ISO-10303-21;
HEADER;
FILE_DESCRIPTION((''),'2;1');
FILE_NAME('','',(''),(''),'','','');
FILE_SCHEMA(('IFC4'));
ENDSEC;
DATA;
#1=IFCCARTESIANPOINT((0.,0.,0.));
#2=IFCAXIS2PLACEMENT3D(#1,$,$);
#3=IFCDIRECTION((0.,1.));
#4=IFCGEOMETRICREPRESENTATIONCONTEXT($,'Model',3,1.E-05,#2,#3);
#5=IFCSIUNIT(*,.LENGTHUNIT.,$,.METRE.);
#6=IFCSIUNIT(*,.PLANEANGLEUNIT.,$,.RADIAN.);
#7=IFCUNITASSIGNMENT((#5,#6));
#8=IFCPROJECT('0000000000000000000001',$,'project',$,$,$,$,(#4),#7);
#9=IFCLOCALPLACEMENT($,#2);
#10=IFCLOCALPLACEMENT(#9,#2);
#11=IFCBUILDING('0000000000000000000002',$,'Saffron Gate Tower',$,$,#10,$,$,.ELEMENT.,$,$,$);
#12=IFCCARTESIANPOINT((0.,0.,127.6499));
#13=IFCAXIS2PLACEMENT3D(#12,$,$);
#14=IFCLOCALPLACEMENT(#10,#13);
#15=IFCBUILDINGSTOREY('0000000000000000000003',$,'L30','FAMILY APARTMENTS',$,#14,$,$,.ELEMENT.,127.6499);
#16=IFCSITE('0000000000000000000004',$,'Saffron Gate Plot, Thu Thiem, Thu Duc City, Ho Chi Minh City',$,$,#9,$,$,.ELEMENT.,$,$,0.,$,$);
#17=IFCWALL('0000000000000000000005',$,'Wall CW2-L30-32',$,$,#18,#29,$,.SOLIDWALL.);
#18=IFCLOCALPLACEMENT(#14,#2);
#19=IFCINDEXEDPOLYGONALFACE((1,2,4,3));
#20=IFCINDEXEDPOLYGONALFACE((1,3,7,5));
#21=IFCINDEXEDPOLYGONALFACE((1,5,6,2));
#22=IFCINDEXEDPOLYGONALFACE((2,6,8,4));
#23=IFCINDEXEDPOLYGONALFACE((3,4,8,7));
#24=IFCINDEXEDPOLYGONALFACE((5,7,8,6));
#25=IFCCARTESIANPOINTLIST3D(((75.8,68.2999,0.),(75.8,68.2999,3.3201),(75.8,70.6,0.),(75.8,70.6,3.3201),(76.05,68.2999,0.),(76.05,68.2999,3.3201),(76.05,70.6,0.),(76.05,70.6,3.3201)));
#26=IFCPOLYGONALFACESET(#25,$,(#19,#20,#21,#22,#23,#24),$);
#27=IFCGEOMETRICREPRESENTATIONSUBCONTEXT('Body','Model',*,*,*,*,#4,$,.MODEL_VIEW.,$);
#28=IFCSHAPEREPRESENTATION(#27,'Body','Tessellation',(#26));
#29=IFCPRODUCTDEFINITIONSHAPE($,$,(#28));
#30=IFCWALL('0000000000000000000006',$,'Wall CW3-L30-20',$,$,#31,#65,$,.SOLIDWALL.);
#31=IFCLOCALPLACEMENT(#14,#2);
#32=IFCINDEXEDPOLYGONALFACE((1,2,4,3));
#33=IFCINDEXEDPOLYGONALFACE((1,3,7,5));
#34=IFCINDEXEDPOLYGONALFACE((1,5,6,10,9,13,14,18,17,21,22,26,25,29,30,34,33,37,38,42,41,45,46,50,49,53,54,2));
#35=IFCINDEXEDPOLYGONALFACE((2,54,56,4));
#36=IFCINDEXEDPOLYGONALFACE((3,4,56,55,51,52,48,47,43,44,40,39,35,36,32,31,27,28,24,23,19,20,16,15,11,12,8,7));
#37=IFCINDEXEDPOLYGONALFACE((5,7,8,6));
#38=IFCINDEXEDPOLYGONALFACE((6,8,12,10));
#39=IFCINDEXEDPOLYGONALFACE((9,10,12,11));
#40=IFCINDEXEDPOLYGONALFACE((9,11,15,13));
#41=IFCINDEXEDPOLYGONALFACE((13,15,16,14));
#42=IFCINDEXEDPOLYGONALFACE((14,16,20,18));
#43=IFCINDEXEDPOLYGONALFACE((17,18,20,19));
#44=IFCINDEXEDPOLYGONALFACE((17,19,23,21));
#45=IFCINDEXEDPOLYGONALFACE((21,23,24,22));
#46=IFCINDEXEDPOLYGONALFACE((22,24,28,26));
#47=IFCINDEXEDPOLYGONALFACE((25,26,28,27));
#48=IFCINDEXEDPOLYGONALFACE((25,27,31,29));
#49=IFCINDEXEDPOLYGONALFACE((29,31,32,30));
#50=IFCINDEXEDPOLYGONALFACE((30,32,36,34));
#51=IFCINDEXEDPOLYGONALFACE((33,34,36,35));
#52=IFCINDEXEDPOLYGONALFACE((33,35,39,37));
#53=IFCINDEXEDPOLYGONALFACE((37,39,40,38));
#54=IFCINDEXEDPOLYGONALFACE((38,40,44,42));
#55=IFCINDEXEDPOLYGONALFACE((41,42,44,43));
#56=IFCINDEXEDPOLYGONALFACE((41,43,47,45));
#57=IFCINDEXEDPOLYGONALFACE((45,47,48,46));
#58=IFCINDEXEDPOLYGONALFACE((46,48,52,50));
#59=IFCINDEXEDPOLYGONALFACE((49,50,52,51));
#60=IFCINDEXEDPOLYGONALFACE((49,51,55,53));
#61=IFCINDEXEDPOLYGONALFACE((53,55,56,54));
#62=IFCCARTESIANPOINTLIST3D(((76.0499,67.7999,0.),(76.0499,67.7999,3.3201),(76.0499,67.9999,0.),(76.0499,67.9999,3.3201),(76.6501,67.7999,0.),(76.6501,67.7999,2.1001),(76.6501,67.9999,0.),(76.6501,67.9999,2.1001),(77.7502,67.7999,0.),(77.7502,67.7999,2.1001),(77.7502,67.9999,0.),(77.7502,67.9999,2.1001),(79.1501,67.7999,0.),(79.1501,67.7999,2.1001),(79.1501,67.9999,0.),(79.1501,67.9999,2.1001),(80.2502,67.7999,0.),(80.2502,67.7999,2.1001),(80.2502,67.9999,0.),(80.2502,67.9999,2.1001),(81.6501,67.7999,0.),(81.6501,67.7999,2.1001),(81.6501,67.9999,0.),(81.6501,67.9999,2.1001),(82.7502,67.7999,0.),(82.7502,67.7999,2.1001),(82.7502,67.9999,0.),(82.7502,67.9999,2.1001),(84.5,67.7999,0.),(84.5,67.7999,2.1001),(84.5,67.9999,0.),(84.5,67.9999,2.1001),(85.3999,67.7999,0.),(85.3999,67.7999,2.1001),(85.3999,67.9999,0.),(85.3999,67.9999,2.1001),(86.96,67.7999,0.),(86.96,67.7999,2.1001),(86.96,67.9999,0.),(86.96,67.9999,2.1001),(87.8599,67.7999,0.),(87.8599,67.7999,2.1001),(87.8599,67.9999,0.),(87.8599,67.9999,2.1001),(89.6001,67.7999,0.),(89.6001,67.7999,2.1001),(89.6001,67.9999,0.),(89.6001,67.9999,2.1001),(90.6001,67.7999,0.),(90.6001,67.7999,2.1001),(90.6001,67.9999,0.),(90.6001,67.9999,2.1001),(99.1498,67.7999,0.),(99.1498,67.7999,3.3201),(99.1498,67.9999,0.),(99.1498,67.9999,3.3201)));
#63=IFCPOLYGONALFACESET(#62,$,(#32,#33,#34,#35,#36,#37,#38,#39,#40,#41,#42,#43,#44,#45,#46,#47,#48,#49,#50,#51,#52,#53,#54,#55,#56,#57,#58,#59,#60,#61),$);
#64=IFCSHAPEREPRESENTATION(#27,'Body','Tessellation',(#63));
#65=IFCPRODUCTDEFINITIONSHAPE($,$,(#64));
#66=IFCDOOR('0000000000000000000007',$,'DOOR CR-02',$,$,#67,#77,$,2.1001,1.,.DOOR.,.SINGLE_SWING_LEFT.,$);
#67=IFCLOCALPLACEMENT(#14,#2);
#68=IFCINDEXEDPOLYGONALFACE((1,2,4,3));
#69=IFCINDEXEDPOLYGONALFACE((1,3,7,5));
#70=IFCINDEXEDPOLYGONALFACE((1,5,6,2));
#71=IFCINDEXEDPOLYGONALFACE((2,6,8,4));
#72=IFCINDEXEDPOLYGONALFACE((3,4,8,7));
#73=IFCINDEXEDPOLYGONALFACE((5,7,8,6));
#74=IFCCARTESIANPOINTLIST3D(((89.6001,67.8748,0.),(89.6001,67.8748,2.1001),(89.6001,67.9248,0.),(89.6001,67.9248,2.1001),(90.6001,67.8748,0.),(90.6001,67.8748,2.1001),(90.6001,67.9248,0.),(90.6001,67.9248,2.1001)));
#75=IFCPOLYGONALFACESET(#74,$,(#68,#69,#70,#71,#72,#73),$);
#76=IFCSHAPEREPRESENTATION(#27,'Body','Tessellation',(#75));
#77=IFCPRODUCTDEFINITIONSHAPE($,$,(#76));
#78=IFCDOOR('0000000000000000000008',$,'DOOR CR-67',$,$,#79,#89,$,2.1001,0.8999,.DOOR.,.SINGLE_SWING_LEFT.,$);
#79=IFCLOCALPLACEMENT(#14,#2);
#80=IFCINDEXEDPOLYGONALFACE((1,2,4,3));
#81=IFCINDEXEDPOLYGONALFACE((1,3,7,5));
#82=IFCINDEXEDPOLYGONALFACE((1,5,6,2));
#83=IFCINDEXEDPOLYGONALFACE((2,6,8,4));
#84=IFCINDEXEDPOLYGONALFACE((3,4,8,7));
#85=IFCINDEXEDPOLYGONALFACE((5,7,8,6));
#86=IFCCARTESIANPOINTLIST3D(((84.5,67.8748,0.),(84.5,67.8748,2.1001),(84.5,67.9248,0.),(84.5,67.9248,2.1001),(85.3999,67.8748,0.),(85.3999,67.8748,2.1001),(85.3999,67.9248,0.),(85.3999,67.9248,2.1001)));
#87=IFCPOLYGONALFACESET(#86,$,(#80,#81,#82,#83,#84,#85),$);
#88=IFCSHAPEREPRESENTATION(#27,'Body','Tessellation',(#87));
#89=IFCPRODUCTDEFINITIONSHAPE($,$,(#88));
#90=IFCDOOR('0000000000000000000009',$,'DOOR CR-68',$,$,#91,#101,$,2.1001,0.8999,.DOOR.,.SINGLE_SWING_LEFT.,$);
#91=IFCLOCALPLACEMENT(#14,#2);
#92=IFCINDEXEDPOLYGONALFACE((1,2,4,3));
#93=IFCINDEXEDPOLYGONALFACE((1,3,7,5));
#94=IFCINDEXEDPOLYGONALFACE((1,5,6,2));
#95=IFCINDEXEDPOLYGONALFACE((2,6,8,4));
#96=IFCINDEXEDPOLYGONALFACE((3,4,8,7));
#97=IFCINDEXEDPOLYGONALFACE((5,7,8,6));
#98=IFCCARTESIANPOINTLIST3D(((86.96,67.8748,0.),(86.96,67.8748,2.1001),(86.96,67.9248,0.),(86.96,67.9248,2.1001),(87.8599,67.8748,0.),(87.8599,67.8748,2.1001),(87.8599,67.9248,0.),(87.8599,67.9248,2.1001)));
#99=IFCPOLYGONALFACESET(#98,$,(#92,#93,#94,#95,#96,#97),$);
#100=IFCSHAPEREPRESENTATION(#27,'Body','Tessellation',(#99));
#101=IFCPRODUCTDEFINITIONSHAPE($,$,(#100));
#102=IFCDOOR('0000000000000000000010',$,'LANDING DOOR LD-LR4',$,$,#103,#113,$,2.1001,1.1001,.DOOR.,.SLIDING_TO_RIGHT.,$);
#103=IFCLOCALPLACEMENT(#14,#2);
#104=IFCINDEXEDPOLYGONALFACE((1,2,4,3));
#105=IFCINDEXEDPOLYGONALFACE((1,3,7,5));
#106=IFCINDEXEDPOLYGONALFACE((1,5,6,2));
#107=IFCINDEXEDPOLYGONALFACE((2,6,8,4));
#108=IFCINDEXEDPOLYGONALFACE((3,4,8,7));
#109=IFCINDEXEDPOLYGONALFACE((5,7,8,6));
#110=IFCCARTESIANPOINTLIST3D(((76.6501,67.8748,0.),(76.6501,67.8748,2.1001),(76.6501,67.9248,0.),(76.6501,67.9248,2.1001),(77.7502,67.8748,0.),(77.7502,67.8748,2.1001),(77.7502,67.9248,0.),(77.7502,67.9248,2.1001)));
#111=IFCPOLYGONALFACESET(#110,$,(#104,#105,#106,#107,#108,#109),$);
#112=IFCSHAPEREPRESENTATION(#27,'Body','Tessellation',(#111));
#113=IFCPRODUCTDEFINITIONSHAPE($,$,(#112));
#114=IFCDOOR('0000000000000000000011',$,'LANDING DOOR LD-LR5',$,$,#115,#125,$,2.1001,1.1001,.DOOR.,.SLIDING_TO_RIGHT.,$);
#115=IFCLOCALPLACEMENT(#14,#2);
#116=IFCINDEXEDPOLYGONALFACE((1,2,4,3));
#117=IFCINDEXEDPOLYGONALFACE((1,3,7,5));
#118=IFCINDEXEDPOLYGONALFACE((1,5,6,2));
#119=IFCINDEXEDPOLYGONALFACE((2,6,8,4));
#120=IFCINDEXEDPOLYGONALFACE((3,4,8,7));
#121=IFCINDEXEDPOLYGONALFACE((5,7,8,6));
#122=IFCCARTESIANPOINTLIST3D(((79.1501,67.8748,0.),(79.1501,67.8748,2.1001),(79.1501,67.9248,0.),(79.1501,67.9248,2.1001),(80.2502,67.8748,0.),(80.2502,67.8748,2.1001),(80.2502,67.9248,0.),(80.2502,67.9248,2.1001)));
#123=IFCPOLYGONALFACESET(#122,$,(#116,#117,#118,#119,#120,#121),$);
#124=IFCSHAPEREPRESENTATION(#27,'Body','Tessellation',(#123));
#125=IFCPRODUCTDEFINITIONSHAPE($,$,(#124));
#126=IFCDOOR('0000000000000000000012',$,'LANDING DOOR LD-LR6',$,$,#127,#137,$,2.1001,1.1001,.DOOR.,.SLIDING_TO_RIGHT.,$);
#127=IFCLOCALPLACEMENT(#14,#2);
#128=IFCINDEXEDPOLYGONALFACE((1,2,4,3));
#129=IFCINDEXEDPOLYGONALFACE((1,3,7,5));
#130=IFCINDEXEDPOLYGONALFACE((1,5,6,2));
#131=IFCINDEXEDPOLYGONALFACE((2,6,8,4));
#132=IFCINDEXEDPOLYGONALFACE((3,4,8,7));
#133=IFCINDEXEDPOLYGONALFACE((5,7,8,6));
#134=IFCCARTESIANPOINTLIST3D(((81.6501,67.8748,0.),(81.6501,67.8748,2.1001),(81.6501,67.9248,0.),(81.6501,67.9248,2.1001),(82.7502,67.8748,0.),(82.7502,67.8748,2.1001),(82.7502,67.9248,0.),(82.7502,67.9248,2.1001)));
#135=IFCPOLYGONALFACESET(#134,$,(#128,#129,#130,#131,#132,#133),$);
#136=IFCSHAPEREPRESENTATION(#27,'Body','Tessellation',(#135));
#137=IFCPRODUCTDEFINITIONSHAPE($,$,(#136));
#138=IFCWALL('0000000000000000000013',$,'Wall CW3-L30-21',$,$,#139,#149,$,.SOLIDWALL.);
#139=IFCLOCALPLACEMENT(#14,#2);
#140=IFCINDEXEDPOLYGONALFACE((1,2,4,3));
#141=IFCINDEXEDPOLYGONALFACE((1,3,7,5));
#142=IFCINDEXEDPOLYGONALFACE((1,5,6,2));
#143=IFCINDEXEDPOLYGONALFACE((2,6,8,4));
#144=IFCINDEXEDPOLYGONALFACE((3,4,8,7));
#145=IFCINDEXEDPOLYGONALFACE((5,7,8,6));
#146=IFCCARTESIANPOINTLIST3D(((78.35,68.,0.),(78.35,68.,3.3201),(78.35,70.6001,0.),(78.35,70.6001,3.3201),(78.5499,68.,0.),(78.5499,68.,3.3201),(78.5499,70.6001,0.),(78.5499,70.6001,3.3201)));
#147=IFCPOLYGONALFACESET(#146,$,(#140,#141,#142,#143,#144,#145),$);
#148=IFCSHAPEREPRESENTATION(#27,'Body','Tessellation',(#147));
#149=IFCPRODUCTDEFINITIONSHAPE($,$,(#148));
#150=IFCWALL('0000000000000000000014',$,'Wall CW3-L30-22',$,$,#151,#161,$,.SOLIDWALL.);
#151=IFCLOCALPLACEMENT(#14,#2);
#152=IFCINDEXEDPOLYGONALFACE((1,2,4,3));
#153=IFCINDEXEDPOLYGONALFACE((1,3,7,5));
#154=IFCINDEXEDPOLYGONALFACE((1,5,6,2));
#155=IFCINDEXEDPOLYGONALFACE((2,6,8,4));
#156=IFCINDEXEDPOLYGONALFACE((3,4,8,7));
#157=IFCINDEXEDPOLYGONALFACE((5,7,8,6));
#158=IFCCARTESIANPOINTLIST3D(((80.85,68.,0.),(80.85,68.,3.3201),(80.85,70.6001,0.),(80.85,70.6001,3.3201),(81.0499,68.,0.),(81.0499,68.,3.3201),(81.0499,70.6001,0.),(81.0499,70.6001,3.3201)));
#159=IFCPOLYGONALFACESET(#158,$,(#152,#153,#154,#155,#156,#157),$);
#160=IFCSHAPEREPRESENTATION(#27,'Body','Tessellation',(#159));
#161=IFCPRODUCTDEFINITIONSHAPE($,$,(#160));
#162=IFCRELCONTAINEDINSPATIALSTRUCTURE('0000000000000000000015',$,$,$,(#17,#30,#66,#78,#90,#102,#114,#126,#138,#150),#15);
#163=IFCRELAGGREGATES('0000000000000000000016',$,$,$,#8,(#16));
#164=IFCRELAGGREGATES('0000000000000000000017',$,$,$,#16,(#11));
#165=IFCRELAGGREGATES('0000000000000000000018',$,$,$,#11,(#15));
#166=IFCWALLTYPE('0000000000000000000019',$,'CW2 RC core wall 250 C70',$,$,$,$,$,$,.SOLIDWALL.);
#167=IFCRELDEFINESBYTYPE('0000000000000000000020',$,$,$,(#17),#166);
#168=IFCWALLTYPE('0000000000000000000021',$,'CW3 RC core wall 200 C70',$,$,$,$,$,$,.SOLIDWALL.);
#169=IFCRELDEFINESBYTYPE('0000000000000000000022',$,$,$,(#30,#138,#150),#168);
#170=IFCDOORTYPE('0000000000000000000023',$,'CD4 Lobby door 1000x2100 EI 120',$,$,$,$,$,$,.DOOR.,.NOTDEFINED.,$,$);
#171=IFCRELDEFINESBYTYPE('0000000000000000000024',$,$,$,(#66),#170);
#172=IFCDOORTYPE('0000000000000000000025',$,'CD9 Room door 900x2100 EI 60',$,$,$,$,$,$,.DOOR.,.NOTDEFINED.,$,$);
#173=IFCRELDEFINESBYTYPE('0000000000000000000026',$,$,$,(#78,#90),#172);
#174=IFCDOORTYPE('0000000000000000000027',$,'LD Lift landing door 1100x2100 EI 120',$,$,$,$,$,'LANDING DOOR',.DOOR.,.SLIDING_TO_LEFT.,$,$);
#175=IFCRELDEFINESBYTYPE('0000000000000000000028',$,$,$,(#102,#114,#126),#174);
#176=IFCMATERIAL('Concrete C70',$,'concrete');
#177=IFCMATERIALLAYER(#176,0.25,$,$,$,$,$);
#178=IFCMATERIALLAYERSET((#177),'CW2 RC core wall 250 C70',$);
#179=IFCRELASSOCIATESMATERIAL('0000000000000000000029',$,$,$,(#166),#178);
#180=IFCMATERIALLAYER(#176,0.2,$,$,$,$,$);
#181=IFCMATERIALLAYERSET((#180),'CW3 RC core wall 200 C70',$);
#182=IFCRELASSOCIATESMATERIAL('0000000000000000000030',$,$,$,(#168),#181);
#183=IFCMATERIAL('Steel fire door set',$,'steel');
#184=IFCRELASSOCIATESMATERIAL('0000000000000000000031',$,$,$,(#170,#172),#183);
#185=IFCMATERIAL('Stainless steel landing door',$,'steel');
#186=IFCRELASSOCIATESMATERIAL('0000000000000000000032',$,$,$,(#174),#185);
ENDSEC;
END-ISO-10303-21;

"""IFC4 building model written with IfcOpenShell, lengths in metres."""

from ifc_helpers import new_model, si_unit, direction, frame, frame_2d, origin, place, context, subcontext, project, spatial, rectangle, extrude, material, layer, layer_set, type_object, element, fill, save


model = new_model("IFC4")

# Units and contexts
model_context = context("Model", 3, precision=1e-05, world=origin(), true_north=direction((0.0, 1.0)))
body_context = subcontext(model_context, "Body", "Model", "MODEL_VIEW")
ifc_project = project(units=[si_unit("LENGTHUNIT", "METRE"), si_unit("PLANEANGLEUNIT", "RADIAN")], contexts=[model_context])

# Site, building, storey
site_placement = place(None, origin())
site = spatial("IfcSite", under=ifc_project, at=site_placement, Name="Saffron Gate Plot, Thu Thiem, Thu Duc City, Ho Chi Minh City", CompositionType="ELEMENT", RefElevation=0.0)
building_placement = place(site_placement, origin())
building = spatial("IfcBuilding", under=site, at=building_placement, Name="Saffron Gate Tower", CompositionType="ELEMENT")
storey_placement = place(building_placement, frame((0.0, 0.0, 127.6499)))
storey = spatial("IfcBuildingStorey", under=building, at=storey_placement, Name="L30", Description="FAMILY APARTMENTS", CompositionType="ELEMENT", Elevation=127.6499)

# Wall
ifc_material_1 = material(Name="Concrete C70", Category="concrete")
ifc_layer_1 = layer(ifc_material_1, 0.25)
ifc_layer_set_1 = layer_set([ifc_layer_1], Name="CW2 RC core wall 250 C70")
wall_type_1 = type_object("IfcWallType", Name="CW2 RC core wall 250 C70", PredefinedType="SOLIDWALL", material=ifc_layer_set_1)
wall_1_placement = place(storey_placement, frame((75.925, 68.3, 0.0), z_axis=(0.0, 0.0, 1.0), x_axis=(0.0, 1.0, 0.0)))
element("IfcWall", 1, at=wall_1_placement, inside=storey, type_object=wall_type_1, Name="Wall CW2-L30-32", PredefinedType="SOLIDWALL", context=body_context, shape_type="SweptSolid", body=[
    extrude(rectangle(XDim=2.3, YDim=0.25, at=frame_2d((1.1499, 0.0))), origin(), (0.0, 0.0, 1.0), 3.3201),
])

# Wall, openings, doors
ifc_layer_2 = layer(ifc_material_1, 0.2)
ifc_layer_set_2 = layer_set([ifc_layer_2], Name="CW3 RC core wall 200 C70")
wall_type_2 = type_object("IfcWallType", Name="CW3 RC core wall 200 C70", PredefinedType="SOLIDWALL", material=ifc_layer_set_2)
wall_2_placement = place(storey_placement, frame((76.05, 67.8999, 0.0), z_axis=(0.0, 0.0, 1.0), x_axis=(1.0, 0.0, 0.0)))
wall_2 = element("IfcWall", 2, at=wall_2_placement, inside=storey, type_object=wall_type_2, Name="Wall CW3-L30-20", PredefinedType="SOLIDWALL", context=body_context, shape_type="SweptSolid", body=[
    extrude(rectangle(XDim=23.0999, YDim=0.2, at=frame_2d((11.5498, 0.0))), origin(), (0.0, 0.0, 1.0), 3.3201),
])
opening_1_placement = place(wall_2_placement, frame((0.6001, 0.0, 0.0)))
opening_1 = element("IfcOpeningElement", 3, at=opening_1_placement, cuts=wall_2, PredefinedType="OPENING", context=body_context, shape_type="SweptSolid", body=[
    extrude(rectangle(XDim=1.1001, YDim=2.1001, at=frame_2d((0.55, 1.05))), frame((0.0, 0.1099, 0.0), z_axis=(0.0, -1.0, 0.0), x_axis=(1.0, 0.0, 0.0)), (0.0, 0.0, 1.0), 0.22),
])
opening_2_placement = place(wall_2_placement, frame((3.1001, 0.0, 0.0)))
opening_2 = element("IfcOpeningElement", 4, at=opening_2_placement, cuts=wall_2, PredefinedType="OPENING", context=body_context, shape_type="SweptSolid", body=[
    extrude(rectangle(XDim=1.1001, YDim=2.1001, at=frame_2d((0.55, 1.05))), frame((0.0, 0.1099, 0.0), z_axis=(0.0, -1.0, 0.0), x_axis=(1.0, 0.0, 0.0)), (0.0, 0.0, 1.0), 0.22),
])
opening_3_placement = place(wall_2_placement, frame((5.6001, 0.0, 0.0)))
opening_3 = element("IfcOpeningElement", 5, at=opening_3_placement, cuts=wall_2, PredefinedType="OPENING", context=body_context, shape_type="SweptSolid", body=[
    extrude(rectangle(XDim=1.1001, YDim=2.1001, at=frame_2d((0.55, 1.05))), frame((0.0, 0.1099, 0.0), z_axis=(0.0, -1.0, 0.0), x_axis=(1.0, 0.0, 0.0)), (0.0, 0.0, 1.0), 0.22),
])
opening_4_placement = place(wall_2_placement, frame((8.45, 0.0, 0.0)))
opening_4 = element("IfcOpeningElement", 6, at=opening_4_placement, cuts=wall_2, PredefinedType="OPENING", context=body_context, shape_type="SweptSolid", body=[
    extrude(rectangle(XDim=0.8999, YDim=2.1001, at=frame_2d((0.45, 1.05))), frame((0.0, 0.1099, 0.0), z_axis=(0.0, -1.0, 0.0), x_axis=(1.0, 0.0, 0.0)), (0.0, 0.0, 1.0), 0.22),
])
opening_5_placement = place(wall_2_placement, frame((10.9099, 0.0, 0.0)))
opening_5 = element("IfcOpeningElement", 7, at=opening_5_placement, cuts=wall_2, PredefinedType="OPENING", context=body_context, shape_type="SweptSolid", body=[
    extrude(rectangle(XDim=0.8999, YDim=2.1001, at=frame_2d((0.45, 1.05))), frame((0.0, 0.1099, 0.0), z_axis=(0.0, -1.0, 0.0), x_axis=(1.0, 0.0, 0.0)), (0.0, 0.0, 1.0), 0.22),
])
opening_6_placement = place(wall_2_placement, frame((13.55, 0.0, 0.0)))
opening_6 = element("IfcOpeningElement", 8, at=opening_6_placement, cuts=wall_2, PredefinedType="OPENING", context=body_context, shape_type="SweptSolid", body=[
    extrude(rectangle(XDim=1.0, YDim=2.1001, at=frame_2d((0.5, 1.05))), frame((0.0, 0.1099, 0.0), z_axis=(0.0, -1.0, 0.0), x_axis=(1.0, 0.0, 0.0)), (0.0, 0.0, 1.0), 0.22),
])
ifc_material_2 = material(Name="Steel fire door set", Category="steel")
door_type_1 = type_object("IfcDoorType", Name="CD4 Lobby door 1000x2100 EI 120", OperationType="NOTDEFINED", PredefinedType="DOOR", material=ifc_material_2)
door_1_placement = place(opening_6_placement, origin())
door_1 = element("IfcDoor", 9, at=door_1_placement, inside=storey, type_object=door_type_1, Name="DOOR CR-02", OperationType="SINGLE_SWING_LEFT", OverallHeight=2.1001, OverallWidth=1.0, PredefinedType="DOOR", context=body_context, shape_type="SweptSolid", body=[
    extrude(rectangle(XDim=1.0, YDim=2.1001, at=frame_2d((0.5, 1.05))), frame((0.0, 0.0249, 0.0), z_axis=(0.0, -1.0, 0.0), x_axis=(1.0, 0.0, 0.0)), (0.0, 0.0, 1.0), 0.05),
])
fill(opening_6, door_1)
door_type_2 = type_object("IfcDoorType", Name="CD9 Room door 900x2100 EI 60", OperationType="NOTDEFINED", PredefinedType="DOOR", material=ifc_material_2)
door_2_placement = place(opening_4_placement, origin())
door_2 = element("IfcDoor", 10, at=door_2_placement, inside=storey, type_object=door_type_2, Name="DOOR CR-67", OperationType="SINGLE_SWING_LEFT", OverallHeight=2.1001, OverallWidth=0.8999, PredefinedType="DOOR", context=body_context, shape_type="SweptSolid", body=[
    extrude(rectangle(XDim=0.8999, YDim=2.1001, at=frame_2d((0.45, 1.05))), frame((0.0, 0.0249, 0.0), z_axis=(0.0, -1.0, 0.0), x_axis=(1.0, 0.0, 0.0)), (0.0, 0.0, 1.0), 0.05),
])
fill(opening_4, door_2)
door_3_placement = place(opening_5_placement, origin())
door_3 = element("IfcDoor", 11, at=door_3_placement, inside=storey, type_object=door_type_2, Name="DOOR CR-68", OperationType="SINGLE_SWING_LEFT", OverallHeight=2.1001, OverallWidth=0.8999, PredefinedType="DOOR", context=body_context, shape_type="SweptSolid", body=[
    extrude(rectangle(XDim=0.8999, YDim=2.1001, at=frame_2d((0.45, 1.05))), frame((0.0, 0.0249, 0.0), z_axis=(0.0, -1.0, 0.0), x_axis=(1.0, 0.0, 0.0)), (0.0, 0.0, 1.0), 0.05),
])
fill(opening_5, door_3)
ifc_material_3 = material(Name="Stainless steel landing door", Category="steel")
door_type_3 = type_object("IfcDoorType", Name="LD Lift landing door 1100x2100 EI 120", ElementType="LANDING DOOR", OperationType="SLIDING_TO_LEFT", PredefinedType="DOOR", material=ifc_material_3)
door_4_placement = place(opening_1_placement, origin())
door_4 = element("IfcDoor", 12, at=door_4_placement, inside=storey, type_object=door_type_3, Name="LANDING DOOR LD-LR4", OperationType="SLIDING_TO_RIGHT", OverallHeight=2.1001, OverallWidth=1.1001, PredefinedType="DOOR", context=body_context, shape_type="SweptSolid", body=[
    extrude(rectangle(XDim=1.1001, YDim=2.1001, at=frame_2d((0.55, 1.05))), frame((0.0, 0.0249, 0.0), z_axis=(0.0, -1.0, 0.0), x_axis=(1.0, 0.0, 0.0)), (0.0, 0.0, 1.0), 0.05),
])
fill(opening_1, door_4)
door_5_placement = place(opening_2_placement, origin())
door_5 = element("IfcDoor", 13, at=door_5_placement, inside=storey, type_object=door_type_3, Name="LANDING DOOR LD-LR5", OperationType="SLIDING_TO_RIGHT", OverallHeight=2.1001, OverallWidth=1.1001, PredefinedType="DOOR", context=body_context, shape_type="SweptSolid", body=[
    extrude(rectangle(XDim=1.1001, YDim=2.1001, at=frame_2d((0.55, 1.05))), frame((0.0, 0.0249, 0.0), z_axis=(0.0, -1.0, 0.0), x_axis=(1.0, 0.0, 0.0)), (0.0, 0.0, 1.0), 0.05),
])
fill(opening_2, door_5)
door_6_placement = place(opening_3_placement, origin())
door_6 = element("IfcDoor", 14, at=door_6_placement, inside=storey, type_object=door_type_3, Name="LANDING DOOR LD-LR6", OperationType="SLIDING_TO_RIGHT", OverallHeight=2.1001, OverallWidth=1.1001, PredefinedType="DOOR", context=body_context, shape_type="SweptSolid", body=[
    extrude(rectangle(XDim=1.1001, YDim=2.1001, at=frame_2d((0.55, 1.05))), frame((0.0, 0.0249, 0.0), z_axis=(0.0, -1.0, 0.0), x_axis=(1.0, 0.0, 0.0)), (0.0, 0.0, 1.0), 0.05),
])
fill(opening_3, door_6)

# Walls
for number, where, z_axis, x_axis, name in (
    (15, (78.45, 68.0, 0.0), (0.0, 0.0, 1.0), (0.0, 1.0, 0.0), "Wall CW3-L30-21"),
    (16, (80.95, 68.0, 0.0), (0.0, 0.0, 1.0), (0.0, 1.0, 0.0), "Wall CW3-L30-22"),
):
    element("IfcWall", number, at=place(storey_placement, frame(where, z_axis=z_axis, x_axis=x_axis)), inside=storey, type_object=wall_type_2, Name=name, PredefinedType="SOLIDWALL", context=body_context, shape_type="SweptSolid", body=[
        extrude(rectangle(XDim=2.6001, YDim=0.2, at=frame_2d((1.3, 0.0))), origin(), (0.0, 0.0, 1.0), 3.3201),
    ])

save(model, "model.ifc")
